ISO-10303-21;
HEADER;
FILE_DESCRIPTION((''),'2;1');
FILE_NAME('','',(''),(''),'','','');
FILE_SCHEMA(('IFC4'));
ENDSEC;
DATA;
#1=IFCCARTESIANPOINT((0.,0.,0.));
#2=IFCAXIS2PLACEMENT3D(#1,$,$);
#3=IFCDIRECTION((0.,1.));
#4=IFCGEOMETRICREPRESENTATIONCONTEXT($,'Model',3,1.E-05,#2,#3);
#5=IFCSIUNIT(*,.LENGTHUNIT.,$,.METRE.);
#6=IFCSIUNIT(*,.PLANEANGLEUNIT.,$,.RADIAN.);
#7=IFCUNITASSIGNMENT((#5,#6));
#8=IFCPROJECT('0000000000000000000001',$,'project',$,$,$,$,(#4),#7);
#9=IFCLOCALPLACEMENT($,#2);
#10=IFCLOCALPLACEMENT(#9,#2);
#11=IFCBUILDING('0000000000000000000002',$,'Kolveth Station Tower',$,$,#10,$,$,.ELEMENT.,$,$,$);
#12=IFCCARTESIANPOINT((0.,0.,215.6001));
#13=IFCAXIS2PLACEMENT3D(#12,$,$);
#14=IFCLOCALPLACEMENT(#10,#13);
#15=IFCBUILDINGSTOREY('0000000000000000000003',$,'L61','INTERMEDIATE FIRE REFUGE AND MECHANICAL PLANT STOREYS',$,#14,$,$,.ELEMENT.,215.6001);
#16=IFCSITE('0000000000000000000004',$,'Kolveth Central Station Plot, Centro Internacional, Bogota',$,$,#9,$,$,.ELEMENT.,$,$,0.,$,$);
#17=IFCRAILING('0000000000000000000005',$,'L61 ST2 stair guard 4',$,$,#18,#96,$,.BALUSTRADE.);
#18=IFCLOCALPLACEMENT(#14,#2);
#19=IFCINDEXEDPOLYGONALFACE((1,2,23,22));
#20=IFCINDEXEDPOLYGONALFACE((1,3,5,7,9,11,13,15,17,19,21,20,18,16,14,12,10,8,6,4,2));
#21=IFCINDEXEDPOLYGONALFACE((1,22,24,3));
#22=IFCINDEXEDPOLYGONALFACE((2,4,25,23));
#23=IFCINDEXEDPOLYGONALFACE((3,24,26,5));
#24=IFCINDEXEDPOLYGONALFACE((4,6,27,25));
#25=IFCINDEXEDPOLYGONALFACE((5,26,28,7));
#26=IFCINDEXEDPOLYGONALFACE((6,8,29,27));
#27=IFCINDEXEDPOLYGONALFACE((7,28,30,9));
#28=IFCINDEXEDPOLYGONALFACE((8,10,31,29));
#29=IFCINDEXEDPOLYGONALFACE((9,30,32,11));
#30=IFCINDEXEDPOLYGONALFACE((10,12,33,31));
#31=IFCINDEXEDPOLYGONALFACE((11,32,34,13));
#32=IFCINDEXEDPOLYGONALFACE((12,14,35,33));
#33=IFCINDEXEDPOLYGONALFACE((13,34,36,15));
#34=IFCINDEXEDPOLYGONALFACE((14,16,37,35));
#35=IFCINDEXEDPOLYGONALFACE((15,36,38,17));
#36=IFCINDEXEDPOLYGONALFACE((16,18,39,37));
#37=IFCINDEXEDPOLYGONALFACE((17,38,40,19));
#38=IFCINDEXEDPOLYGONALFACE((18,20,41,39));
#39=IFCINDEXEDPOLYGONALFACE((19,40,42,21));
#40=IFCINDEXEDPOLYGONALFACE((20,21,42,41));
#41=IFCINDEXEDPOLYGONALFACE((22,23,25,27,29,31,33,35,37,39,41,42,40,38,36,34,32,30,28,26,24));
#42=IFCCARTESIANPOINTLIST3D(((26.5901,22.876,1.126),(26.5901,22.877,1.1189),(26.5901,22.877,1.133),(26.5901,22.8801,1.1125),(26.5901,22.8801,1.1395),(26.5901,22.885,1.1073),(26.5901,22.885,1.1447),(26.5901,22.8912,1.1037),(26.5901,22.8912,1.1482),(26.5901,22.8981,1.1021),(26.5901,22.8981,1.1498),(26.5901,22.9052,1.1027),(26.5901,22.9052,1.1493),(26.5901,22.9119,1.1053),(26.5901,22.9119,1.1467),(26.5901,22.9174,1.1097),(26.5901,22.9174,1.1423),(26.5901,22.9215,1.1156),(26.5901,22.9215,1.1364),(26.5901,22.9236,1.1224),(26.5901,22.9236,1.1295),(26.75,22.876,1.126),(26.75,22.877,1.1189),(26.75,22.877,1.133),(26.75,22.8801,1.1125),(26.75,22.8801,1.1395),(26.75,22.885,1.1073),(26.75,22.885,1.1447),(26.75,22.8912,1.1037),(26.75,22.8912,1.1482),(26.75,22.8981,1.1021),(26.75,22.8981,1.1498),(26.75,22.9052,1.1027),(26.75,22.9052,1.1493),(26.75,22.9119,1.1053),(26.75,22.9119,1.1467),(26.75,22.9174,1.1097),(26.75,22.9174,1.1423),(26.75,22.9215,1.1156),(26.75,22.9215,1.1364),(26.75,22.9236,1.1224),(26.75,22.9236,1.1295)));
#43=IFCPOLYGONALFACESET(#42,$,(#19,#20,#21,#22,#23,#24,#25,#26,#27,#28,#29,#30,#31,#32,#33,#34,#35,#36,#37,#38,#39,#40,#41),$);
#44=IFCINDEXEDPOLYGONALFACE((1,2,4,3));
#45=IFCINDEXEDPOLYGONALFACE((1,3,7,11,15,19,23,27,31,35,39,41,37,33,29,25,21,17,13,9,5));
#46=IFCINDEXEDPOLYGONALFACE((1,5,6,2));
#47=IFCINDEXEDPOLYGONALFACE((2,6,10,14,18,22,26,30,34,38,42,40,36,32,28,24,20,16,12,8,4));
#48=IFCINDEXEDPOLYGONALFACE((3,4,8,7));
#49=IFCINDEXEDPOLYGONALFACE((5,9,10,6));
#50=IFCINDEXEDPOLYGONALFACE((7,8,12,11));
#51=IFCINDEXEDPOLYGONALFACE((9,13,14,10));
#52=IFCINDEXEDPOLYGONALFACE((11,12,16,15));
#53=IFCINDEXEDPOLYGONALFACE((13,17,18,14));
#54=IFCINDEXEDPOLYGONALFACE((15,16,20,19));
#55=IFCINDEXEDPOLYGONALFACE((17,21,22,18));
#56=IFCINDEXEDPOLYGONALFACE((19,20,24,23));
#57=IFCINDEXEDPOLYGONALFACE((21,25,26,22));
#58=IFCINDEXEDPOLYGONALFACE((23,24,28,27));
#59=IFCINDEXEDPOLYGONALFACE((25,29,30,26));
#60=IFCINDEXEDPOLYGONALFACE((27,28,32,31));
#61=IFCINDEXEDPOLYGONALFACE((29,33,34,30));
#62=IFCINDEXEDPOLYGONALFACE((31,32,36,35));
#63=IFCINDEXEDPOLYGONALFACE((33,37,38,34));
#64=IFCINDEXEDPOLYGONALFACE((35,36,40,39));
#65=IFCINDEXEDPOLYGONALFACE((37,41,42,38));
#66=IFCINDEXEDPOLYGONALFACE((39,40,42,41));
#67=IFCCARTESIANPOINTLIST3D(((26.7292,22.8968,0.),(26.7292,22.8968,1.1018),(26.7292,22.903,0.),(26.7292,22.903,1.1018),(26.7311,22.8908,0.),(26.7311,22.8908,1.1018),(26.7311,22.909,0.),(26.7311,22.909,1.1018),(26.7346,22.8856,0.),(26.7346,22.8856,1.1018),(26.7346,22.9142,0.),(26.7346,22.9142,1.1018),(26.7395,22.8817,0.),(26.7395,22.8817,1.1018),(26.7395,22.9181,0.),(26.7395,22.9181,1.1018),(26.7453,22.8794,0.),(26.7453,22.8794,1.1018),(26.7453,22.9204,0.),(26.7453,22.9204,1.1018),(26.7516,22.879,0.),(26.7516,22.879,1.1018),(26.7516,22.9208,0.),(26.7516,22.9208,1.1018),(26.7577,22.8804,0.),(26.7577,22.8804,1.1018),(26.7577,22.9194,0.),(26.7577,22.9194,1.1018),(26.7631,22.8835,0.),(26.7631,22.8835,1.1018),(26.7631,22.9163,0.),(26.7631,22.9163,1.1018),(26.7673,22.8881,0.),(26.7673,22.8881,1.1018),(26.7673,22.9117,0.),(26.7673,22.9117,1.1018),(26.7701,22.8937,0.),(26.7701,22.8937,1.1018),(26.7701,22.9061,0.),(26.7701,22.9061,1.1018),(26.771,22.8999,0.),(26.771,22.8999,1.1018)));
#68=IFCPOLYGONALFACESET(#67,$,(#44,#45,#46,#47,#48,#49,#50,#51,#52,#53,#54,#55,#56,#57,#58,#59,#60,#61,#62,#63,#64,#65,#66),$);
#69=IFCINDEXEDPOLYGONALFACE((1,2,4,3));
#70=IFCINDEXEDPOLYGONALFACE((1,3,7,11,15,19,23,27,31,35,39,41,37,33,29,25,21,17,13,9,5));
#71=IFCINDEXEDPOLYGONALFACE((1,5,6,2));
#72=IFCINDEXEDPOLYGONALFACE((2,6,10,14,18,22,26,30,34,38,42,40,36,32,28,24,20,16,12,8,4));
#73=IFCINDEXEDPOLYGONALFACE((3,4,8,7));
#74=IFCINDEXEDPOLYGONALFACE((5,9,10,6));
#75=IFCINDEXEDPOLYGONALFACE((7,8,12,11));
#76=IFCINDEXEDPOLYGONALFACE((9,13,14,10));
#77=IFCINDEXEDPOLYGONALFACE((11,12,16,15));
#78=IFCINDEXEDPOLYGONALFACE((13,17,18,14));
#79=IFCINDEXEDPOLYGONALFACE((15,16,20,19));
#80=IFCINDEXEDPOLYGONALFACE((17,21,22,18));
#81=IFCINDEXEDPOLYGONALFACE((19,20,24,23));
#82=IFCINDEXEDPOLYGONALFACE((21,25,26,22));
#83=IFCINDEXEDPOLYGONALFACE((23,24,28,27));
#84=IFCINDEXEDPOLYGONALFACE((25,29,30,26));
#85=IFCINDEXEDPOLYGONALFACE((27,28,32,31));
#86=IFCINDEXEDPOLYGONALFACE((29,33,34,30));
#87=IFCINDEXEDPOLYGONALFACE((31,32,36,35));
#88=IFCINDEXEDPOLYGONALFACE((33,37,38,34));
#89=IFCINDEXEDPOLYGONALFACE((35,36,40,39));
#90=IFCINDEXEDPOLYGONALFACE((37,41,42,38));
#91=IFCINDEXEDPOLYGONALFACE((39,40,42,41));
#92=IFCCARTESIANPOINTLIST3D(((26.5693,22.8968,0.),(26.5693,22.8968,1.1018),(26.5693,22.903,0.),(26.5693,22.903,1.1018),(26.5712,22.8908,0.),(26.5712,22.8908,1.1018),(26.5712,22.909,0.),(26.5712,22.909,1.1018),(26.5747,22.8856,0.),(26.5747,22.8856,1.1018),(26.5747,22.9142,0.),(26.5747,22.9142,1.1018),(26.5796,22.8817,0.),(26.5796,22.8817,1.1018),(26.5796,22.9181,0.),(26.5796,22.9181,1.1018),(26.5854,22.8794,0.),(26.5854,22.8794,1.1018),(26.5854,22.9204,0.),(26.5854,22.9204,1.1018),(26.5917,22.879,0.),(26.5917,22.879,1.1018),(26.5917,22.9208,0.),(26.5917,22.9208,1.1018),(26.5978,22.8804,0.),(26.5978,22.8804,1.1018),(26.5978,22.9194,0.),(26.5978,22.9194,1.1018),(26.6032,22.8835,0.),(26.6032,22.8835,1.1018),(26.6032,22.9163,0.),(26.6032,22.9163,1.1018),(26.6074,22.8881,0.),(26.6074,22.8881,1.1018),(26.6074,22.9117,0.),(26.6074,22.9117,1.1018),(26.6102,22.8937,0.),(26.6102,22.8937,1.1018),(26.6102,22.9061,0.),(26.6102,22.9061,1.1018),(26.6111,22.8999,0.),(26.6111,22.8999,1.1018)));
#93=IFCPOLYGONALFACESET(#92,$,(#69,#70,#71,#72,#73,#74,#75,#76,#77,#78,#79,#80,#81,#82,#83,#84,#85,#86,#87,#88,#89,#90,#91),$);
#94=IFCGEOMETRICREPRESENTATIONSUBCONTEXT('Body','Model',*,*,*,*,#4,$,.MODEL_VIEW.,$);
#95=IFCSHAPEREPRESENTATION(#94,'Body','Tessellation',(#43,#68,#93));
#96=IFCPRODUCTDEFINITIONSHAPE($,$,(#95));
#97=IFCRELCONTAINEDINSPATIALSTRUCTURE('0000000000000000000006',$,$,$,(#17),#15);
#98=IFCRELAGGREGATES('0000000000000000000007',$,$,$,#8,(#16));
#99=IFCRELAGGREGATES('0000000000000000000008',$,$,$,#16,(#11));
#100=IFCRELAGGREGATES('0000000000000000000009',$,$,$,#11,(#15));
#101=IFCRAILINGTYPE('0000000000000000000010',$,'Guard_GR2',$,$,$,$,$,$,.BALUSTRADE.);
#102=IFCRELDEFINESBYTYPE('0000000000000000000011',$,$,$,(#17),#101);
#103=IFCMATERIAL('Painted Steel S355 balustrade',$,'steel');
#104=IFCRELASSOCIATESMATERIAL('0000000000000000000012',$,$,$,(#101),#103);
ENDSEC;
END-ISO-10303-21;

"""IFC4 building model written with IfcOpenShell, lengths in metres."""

from ifc_helpers import new_model, si_unit, direction, frame, origin, origin_2d, place, context, subcontext, project, spatial, circle, extrude, material, type_object, element, save


model = new_model("IFC4")

# Units and contexts
model_context = context("Model", 3, precision=1e-05, world=origin(), true_north=direction((0.0, 1.0)))
body_context = subcontext(model_context, "Body", "Model", "MODEL_VIEW")
ifc_project = project(units=[si_unit("LENGTHUNIT", "METRE"), si_unit("PLANEANGLEUNIT", "RADIAN")], contexts=[model_context])

# Site, building, storey
site_placement = place(None, origin())
site = spatial("IfcSite", under=ifc_project, at=site_placement, Name="Kolveth Central Station Plot, Centro Internacional, Bogota", CompositionType="ELEMENT", RefElevation=0.0)
building_placement = place(site_placement, origin())
building = spatial("IfcBuilding", under=site, at=building_placement, Name="Kolveth Station Tower", CompositionType="ELEMENT")
storey_placement = place(building_placement, frame((0.0, 0.0, 215.6001)))
storey = spatial("IfcBuildingStorey", under=building, at=storey_placement, Name="L61", Description="INTERMEDIATE FIRE REFUGE AND MECHANICAL PLANT STOREYS", CompositionType="ELEMENT", Elevation=215.6001)

# Railing
ifc_material_1 = material(Name="Painted Steel S355 balustrade", Category="steel")
railing_type_1 = type_object("IfcRailingType", Name="Guard_GR2", PredefinedType="BALUSTRADE", material=ifc_material_1)
railing_1_placement = place(storey_placement, frame((26.75, 22.8999, 0.0)))
element("IfcRailing", 1, at=railing_1_placement, inside=storey, type_object=railing_type_1, Name="L61 ST2 stair guard 4", PredefinedType="BALUSTRADE", context=body_context, shape_type="SweptSolid", body=[
    extrude(circle(Radius=0.0239, at=origin_2d()), frame((0.0, 0.0, 1.126), z_axis=(-1.0, 0.0, 0.0), x_axis=(0.0, -1.0, 0.0)), (0.0, 0.0, 1.0), 0.1599),
    extrude(circle(Radius=0.021, at=origin_2d()), origin(), (0.0, 0.0, 1.0), 1.1018),
    extrude(circle(Radius=0.021, at=origin_2d()), frame((-0.1599, 0.0, 0.0)), (0.0, 0.0, 1.0), 1.1018),
])

save(model, "model.ifc")
